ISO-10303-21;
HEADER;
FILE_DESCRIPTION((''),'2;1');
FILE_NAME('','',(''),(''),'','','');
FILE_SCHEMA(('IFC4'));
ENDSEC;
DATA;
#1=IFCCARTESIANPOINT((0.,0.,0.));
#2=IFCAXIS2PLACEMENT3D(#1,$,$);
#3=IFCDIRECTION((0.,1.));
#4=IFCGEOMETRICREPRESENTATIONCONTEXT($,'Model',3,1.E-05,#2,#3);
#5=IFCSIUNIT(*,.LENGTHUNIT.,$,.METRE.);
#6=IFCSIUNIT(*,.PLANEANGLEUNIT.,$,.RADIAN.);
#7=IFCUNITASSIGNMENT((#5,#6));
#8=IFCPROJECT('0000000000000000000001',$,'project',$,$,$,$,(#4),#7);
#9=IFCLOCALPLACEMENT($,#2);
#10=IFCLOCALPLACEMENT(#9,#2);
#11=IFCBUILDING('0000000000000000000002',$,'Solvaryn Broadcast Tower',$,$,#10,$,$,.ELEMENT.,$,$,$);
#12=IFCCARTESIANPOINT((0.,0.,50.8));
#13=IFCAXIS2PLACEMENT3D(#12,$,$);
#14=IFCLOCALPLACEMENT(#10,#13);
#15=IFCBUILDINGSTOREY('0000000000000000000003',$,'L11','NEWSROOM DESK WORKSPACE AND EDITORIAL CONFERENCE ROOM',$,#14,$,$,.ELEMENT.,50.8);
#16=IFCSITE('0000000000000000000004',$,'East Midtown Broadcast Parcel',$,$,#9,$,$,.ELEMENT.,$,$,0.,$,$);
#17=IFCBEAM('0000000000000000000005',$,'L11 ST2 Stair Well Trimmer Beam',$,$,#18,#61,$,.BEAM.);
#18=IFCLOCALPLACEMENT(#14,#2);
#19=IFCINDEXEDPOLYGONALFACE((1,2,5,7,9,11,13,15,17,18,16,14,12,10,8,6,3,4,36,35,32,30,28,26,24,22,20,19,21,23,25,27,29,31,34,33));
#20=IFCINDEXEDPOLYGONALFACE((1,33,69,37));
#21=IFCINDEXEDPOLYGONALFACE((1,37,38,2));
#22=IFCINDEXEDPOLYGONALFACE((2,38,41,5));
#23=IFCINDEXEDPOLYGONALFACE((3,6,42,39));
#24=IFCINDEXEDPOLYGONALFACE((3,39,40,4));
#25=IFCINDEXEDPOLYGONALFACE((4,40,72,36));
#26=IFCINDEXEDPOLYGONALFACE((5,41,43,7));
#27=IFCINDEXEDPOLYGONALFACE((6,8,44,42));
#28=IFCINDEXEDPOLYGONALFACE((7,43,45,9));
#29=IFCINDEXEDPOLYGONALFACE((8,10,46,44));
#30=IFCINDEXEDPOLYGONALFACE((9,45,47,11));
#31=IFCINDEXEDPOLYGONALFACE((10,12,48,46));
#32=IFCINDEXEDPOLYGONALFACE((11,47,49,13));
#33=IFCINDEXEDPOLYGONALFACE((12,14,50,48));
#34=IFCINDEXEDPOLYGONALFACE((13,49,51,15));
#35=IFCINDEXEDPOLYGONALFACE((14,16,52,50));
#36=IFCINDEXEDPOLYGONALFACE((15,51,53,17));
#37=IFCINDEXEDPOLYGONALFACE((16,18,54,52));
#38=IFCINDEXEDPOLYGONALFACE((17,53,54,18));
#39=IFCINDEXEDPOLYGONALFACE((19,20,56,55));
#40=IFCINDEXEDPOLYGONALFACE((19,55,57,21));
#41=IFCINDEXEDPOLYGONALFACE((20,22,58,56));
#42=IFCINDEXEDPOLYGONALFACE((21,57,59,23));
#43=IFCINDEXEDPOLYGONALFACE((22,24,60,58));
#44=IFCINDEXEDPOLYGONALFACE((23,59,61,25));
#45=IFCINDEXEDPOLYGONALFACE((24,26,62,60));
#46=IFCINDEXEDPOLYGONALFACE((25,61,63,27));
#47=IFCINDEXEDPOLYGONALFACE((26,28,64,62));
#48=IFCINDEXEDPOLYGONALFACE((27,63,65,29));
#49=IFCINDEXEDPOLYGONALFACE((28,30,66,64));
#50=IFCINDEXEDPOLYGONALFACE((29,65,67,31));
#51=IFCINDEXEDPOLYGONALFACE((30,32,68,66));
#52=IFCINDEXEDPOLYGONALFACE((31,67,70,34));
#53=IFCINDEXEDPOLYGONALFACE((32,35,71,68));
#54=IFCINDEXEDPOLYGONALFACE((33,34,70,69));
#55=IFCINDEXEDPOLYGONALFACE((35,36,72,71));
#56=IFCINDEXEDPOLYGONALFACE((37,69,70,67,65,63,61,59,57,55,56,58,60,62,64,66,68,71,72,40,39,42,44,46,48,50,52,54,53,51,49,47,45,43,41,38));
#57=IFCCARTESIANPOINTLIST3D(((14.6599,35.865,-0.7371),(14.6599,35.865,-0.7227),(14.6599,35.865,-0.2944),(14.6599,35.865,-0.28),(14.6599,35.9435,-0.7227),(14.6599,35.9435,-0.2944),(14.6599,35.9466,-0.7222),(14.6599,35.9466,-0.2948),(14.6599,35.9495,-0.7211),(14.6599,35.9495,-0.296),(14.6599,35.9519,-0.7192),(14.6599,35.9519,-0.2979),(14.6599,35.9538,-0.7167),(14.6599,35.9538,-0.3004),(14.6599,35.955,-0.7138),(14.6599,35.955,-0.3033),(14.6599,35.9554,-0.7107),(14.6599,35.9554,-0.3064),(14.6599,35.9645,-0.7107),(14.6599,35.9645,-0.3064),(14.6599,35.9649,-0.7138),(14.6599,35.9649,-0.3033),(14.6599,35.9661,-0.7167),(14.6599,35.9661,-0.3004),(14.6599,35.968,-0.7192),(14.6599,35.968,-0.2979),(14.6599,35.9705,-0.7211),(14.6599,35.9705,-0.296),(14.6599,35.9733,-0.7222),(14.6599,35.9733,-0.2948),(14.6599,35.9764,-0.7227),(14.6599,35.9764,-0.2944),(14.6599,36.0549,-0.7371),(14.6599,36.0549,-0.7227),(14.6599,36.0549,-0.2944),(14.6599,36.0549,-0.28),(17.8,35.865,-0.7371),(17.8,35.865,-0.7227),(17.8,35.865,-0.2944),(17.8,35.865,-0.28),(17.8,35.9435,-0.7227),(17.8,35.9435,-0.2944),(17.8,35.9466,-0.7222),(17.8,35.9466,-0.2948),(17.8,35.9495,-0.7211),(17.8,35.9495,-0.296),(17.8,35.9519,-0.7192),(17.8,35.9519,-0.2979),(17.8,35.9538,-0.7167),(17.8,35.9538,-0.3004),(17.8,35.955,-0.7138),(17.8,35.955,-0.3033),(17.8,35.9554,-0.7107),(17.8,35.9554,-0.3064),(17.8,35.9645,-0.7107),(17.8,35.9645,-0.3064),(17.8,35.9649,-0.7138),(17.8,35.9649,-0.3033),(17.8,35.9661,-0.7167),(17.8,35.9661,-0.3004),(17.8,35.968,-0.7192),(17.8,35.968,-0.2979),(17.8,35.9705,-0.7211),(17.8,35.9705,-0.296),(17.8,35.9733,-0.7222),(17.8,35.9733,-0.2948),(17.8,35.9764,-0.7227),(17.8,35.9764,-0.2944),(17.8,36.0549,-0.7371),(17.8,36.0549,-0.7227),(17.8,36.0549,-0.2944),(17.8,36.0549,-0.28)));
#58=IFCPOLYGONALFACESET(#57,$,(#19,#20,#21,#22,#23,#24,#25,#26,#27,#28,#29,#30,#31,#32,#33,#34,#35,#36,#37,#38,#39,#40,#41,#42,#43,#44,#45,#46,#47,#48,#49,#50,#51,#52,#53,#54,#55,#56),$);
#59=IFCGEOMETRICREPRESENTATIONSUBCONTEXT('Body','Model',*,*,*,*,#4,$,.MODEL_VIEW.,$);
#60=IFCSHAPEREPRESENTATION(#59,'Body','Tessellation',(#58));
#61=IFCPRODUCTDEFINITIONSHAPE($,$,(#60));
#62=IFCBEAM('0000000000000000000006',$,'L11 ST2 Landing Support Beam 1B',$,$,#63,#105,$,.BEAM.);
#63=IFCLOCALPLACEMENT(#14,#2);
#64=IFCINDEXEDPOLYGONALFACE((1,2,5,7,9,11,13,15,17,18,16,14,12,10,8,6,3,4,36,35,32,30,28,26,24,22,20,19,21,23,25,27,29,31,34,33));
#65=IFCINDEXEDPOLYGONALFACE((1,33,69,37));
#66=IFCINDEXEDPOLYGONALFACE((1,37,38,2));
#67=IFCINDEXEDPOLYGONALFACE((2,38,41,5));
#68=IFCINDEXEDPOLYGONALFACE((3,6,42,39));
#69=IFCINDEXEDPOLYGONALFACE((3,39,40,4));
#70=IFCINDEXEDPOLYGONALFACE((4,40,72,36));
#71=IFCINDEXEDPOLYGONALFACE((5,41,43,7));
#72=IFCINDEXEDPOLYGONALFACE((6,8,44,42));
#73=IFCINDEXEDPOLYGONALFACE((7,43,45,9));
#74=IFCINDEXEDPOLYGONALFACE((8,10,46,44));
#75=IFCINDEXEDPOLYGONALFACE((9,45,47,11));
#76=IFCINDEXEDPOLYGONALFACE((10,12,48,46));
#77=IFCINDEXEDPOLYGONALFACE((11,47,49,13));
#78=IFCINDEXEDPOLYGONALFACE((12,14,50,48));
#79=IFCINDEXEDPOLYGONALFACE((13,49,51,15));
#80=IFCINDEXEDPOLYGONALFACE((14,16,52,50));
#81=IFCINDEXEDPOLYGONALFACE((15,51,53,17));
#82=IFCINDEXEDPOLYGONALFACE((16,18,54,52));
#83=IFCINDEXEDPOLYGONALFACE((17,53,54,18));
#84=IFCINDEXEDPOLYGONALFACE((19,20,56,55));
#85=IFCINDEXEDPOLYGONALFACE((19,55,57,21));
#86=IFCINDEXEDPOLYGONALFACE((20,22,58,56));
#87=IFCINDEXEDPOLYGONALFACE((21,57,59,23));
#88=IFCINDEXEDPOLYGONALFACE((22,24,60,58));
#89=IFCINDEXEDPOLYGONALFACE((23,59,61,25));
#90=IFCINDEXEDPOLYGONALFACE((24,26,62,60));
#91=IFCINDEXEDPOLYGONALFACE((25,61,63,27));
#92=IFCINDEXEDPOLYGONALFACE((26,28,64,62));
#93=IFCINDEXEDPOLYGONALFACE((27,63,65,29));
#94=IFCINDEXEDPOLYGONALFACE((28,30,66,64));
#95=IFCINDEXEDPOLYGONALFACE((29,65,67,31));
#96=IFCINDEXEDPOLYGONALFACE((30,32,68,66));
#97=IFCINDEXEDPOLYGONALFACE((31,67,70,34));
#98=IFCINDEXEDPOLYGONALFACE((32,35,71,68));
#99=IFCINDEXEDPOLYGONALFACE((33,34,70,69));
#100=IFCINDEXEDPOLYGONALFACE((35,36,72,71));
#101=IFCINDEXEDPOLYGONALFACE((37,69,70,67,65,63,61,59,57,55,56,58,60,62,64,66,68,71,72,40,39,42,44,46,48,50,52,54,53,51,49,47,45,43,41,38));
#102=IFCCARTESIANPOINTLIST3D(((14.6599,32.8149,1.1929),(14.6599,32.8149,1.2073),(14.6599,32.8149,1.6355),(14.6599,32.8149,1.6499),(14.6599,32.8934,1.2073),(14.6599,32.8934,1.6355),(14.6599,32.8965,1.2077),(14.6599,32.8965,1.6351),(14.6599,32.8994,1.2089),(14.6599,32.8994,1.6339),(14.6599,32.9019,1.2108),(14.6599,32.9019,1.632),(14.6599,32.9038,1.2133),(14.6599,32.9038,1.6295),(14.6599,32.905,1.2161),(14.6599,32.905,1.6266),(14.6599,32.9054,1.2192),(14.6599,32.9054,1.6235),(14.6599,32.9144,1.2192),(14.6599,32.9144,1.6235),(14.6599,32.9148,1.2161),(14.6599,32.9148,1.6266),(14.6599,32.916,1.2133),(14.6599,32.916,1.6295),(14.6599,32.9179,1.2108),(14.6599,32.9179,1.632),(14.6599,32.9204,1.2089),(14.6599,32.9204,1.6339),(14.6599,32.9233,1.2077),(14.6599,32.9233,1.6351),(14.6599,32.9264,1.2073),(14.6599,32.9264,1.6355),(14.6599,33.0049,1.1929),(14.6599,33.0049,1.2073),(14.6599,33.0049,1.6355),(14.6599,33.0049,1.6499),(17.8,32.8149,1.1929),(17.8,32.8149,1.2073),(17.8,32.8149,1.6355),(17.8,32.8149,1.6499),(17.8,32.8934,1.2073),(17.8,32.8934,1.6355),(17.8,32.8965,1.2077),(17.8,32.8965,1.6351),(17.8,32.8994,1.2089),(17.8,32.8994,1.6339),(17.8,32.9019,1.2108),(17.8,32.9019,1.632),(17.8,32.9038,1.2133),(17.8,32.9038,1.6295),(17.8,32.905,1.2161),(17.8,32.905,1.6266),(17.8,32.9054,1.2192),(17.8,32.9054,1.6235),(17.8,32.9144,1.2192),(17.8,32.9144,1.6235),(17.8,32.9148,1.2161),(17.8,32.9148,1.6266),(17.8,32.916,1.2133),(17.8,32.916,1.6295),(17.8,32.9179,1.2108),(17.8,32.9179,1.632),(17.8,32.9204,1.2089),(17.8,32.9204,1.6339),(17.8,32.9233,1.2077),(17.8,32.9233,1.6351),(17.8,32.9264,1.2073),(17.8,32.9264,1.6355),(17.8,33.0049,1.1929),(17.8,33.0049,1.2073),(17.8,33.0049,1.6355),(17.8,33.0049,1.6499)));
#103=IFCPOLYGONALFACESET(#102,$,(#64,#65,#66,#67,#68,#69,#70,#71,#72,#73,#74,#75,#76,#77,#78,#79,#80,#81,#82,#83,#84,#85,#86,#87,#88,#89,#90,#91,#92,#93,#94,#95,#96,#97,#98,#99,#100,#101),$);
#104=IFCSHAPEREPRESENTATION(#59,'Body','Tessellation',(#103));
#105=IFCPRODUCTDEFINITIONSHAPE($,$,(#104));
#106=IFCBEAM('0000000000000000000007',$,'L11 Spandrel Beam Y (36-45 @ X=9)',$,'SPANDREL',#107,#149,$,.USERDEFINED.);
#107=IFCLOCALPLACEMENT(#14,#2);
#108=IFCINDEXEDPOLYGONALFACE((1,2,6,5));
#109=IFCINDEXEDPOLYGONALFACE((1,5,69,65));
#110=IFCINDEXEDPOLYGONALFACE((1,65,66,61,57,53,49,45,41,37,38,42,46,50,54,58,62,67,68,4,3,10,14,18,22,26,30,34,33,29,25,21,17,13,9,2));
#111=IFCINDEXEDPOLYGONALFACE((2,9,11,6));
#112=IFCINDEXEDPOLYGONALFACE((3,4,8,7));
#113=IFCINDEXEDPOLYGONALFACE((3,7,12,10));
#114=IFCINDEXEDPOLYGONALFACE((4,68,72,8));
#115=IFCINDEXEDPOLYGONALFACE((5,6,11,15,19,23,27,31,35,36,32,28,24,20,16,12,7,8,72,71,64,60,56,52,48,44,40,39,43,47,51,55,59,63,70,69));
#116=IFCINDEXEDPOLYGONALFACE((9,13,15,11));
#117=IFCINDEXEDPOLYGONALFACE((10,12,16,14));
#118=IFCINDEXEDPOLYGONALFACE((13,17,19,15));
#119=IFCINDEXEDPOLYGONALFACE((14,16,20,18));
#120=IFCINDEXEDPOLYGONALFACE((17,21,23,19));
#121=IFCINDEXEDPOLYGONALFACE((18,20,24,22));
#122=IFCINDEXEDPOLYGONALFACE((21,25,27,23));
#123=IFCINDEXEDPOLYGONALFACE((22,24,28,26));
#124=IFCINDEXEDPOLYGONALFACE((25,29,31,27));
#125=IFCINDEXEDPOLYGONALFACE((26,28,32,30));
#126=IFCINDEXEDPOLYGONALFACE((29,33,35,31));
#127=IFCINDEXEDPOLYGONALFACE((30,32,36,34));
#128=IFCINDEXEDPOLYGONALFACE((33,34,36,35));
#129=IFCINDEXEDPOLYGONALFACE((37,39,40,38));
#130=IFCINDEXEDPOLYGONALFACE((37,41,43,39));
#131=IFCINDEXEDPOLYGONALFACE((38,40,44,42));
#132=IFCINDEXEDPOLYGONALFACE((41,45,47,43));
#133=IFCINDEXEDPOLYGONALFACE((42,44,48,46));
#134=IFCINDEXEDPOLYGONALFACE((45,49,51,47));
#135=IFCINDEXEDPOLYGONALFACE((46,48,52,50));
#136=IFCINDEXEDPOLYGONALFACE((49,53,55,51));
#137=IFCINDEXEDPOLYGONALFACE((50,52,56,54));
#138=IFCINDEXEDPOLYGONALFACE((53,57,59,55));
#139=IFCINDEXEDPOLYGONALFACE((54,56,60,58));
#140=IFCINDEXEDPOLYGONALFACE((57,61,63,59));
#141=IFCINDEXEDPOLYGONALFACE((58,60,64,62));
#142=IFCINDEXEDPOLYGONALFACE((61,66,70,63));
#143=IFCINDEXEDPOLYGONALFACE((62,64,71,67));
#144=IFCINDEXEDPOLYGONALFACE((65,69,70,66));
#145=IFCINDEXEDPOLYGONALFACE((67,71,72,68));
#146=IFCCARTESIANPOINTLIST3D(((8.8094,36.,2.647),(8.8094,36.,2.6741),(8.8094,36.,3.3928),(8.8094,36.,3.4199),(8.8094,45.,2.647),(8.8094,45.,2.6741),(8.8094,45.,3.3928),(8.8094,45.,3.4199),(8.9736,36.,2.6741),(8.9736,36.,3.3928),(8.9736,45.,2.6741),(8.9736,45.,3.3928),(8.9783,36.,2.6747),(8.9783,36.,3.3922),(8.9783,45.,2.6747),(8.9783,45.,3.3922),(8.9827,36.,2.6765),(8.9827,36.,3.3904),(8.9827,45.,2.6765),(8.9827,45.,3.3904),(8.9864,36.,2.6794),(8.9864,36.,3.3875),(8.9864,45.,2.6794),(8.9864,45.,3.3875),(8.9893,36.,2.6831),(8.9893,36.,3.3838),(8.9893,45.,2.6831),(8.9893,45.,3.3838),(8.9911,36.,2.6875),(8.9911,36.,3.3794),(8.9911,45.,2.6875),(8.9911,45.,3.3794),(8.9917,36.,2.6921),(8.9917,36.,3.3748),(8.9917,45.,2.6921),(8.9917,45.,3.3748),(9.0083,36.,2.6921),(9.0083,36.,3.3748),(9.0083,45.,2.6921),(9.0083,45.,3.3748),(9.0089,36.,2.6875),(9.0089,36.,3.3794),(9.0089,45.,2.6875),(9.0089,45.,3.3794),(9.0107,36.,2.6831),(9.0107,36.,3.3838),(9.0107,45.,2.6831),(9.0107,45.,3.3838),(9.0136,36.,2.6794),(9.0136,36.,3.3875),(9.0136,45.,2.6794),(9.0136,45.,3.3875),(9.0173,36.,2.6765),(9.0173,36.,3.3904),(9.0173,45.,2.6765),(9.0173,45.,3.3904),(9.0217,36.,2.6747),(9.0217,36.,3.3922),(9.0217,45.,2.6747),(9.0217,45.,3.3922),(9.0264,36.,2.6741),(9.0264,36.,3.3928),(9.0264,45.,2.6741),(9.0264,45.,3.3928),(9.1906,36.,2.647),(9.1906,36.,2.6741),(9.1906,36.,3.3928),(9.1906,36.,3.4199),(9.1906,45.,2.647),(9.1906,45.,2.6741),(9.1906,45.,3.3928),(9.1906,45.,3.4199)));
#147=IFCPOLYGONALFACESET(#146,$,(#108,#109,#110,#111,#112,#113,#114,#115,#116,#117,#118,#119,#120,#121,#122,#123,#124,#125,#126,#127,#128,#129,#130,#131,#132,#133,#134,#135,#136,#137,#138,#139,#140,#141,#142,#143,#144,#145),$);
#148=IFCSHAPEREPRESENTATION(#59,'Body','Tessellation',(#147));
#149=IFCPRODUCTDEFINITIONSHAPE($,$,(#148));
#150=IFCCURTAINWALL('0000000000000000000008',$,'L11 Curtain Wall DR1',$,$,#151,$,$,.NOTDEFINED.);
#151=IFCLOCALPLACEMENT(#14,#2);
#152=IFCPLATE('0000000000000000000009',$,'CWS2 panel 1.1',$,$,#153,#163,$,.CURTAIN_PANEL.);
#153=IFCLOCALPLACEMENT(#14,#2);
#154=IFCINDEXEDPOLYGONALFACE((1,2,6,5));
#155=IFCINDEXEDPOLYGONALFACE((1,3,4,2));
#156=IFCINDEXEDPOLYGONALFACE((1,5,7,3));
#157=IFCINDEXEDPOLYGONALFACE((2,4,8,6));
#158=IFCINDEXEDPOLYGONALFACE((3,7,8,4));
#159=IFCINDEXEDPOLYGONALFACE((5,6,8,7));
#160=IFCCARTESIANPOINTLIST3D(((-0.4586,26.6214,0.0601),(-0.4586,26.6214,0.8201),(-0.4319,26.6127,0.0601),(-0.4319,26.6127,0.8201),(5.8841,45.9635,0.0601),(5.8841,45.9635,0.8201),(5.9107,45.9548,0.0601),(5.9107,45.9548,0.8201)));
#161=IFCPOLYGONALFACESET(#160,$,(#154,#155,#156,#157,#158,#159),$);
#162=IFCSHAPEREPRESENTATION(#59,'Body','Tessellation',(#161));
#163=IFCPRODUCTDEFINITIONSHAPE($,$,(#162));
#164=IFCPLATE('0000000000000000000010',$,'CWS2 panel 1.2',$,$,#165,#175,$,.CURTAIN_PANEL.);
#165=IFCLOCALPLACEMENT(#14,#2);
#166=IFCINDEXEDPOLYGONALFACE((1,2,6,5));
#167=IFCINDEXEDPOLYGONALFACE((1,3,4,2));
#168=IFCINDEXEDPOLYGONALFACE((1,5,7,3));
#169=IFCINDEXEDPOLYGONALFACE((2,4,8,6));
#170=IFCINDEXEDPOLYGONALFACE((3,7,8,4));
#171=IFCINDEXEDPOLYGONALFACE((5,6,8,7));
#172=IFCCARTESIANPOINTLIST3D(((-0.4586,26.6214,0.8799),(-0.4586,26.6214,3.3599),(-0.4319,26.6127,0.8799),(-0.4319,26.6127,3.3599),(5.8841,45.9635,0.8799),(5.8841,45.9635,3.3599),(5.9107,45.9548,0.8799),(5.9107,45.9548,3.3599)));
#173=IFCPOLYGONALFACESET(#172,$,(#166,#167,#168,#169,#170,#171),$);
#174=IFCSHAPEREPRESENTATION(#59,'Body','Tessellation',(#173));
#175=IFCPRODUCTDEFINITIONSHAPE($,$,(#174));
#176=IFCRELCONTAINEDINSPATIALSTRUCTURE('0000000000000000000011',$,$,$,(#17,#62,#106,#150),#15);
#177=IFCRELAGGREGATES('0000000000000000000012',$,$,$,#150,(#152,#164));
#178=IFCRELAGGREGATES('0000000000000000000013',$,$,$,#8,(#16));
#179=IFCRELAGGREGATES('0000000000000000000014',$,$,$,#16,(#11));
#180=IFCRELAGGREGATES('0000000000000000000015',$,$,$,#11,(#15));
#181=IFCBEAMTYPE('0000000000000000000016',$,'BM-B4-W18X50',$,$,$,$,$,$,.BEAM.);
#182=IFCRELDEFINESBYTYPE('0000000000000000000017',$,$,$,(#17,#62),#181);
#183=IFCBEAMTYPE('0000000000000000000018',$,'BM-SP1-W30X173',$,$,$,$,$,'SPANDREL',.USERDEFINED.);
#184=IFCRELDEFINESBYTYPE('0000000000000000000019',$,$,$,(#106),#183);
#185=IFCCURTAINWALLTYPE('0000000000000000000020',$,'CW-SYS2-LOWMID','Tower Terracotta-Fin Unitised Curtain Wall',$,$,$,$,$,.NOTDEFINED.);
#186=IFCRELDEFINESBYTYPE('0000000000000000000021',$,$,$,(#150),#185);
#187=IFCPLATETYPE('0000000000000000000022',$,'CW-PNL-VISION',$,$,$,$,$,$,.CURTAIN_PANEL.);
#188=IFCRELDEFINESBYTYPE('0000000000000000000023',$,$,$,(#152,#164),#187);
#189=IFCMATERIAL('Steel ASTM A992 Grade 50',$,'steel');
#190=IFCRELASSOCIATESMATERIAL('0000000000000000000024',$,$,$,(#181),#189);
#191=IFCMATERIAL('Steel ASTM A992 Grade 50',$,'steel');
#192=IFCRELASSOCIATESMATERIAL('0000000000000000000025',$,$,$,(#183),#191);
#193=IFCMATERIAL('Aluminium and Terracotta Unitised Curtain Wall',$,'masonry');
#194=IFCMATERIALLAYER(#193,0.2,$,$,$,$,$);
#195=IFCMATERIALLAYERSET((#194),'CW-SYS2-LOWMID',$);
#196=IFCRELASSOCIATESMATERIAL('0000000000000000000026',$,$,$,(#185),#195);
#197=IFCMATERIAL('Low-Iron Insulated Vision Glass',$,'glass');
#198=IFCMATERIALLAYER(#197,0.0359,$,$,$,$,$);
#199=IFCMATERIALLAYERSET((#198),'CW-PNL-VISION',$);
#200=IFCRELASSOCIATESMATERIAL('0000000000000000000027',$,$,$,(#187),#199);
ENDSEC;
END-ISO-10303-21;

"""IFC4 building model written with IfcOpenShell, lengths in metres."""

from ifc_helpers import new_model, si_unit, direction, frame, origin, origin_2d, place, context, subcontext, project, spatial, rectangle, i_section, extrude, material, layer, layer_set, material_profile, profile_set, type_object, element, aggregate, save


model = new_model("IFC4")

# Units and contexts
model_context = context("Model", 3, precision=1e-05, world=origin(), true_north=direction((0.0, 1.0)))
body_context = subcontext(model_context, "Body", "Model", "MODEL_VIEW")
ifc_project = project(units=[si_unit("LENGTHUNIT", "METRE"), si_unit("PLANEANGLEUNIT", "RADIAN")], contexts=[model_context])

# Site, building, storey
site_placement = place(None, origin())
site = spatial("IfcSite", under=ifc_project, at=site_placement, Name="East Midtown Broadcast Parcel", CompositionType="ELEMENT", RefElevation=0.0)
building_placement = place(site_placement, origin())
building = spatial("IfcBuilding", under=site, at=building_placement, Name="Solvaryn Broadcast Tower", CompositionType="ELEMENT")
storey_placement = place(building_placement, frame((0.0, 0.0, 50.8)))
storey = spatial("IfcBuildingStorey", under=building, at=storey_placement, Name="L11", Description="NEWSROOM DESK WORKSPACE AND EDITORIAL CONFERENCE ROOM", CompositionType="ELEMENT", Elevation=50.8)

# Beams
ifc_material_1 = material(Name="Steel ASTM A992 Grade 50", Category="steel")
ifc_material_profile_1 = material_profile(ifc_material_1, i_section(OverallWidth=0.1899, OverallDepth=0.457, WebThickness=0.009, FlangeThickness=0.0144, FilletRadius=0.012, at=origin_2d()))
ifc_profile_set_1 = profile_set([ifc_material_profile_1], Name="Steel ASTM A992 Grade 50")
beam_type_1 = type_object("IfcBeamType", Name="BM-B4-W18X50", PredefinedType="BEAM", material=ifc_profile_set_1)
for number, where, z_axis, x_axis, name in (
    (1, (14.6599, 35.96, -0.5085), (1.0, 0.0, 0.0), (0.0, 1.0, 0.0), "L11 ST2 Stair Well Trimmer Beam"),
    (2, (14.6599, 32.9099, 1.4214), (1.0, 0.0, 0.0), (0.0, 1.0, 0.0), "L11 ST2 Landing Support Beam 1B"),
):
    element("IfcBeam", number, at=place(storey_placement, frame(where, z_axis=z_axis, x_axis=x_axis)), inside=storey, type_object=beam_type_1, Name=name, PredefinedType="BEAM", context=body_context, shape_type="SweptSolid", body=[
        extrude(i_section(OverallWidth=0.1899, OverallDepth=0.457, WebThickness=0.009, FlangeThickness=0.0144, FilletRadius=0.012, at=origin_2d()), origin(), (0.0, 0.0, 1.0), 3.1401),
    ])
ifc_material_2 = material(Name="Steel ASTM A992 Grade 50", Category="steel")
ifc_material_profile_2 = material_profile(ifc_material_2, i_section(OverallWidth=0.3811, OverallDepth=0.7729, WebThickness=0.0166, FlangeThickness=0.0271, FilletRadius=0.0181, at=origin_2d()))
ifc_profile_set_2 = profile_set([ifc_material_profile_2], Name="Steel ASTM A992 Grade 50")
beam_type_2 = type_object("IfcBeamType", Name="BM-SP1-W30X173", ElementType="SPANDREL", PredefinedType="USERDEFINED", material=ifc_profile_set_2)
beam_1_placement = place(storey_placement, frame((9.0, 36.0, 3.0334), z_axis=(0.0, 1.0, 0.0), x_axis=(-1.0, 0.0, 0.0)))
element("IfcBeam", 3, at=beam_1_placement, inside=storey, type_object=beam_type_2, Name="L11 Spandrel Beam Y (36-45 @ X=9)", ObjectType="SPANDREL", PredefinedType="USERDEFINED", context=body_context, shape_type="SweptSolid", body=[
    extrude(i_section(OverallWidth=0.3811, OverallDepth=0.7729, WebThickness=0.0166, FlangeThickness=0.0271, FilletRadius=0.0181, at=origin_2d()), origin(), (0.0, 0.0, 1.0), 9.0),
])

# Curtain wall, plates
ifc_material_3 = material(Name="Aluminium and Terracotta Unitised Curtain Wall", Category="masonry")
ifc_layer_1 = layer(ifc_material_3, 0.2)
ifc_layer_set_1 = layer_set([ifc_layer_1], Name="CW-SYS2-LOWMID")
curtain_wall_type = type_object("IfcCurtainWallType", Name="CW-SYS2-LOWMID", Description="Tower Terracotta-Fin Unitised Curtain Wall", PredefinedType="NOTDEFINED", material=ifc_layer_set_1)
curtain_wall_placement = place(storey_placement, origin())
curtain_wall = element("IfcCurtainWall", 4, at=curtain_wall_placement, inside=storey, type_object=curtain_wall_type, Name="L11 Curtain Wall DR1", PredefinedType="NOTDEFINED")
ifc_material_4 = material(Name="Low-Iron Insulated Vision Glass", Category="glass")
ifc_layer_2 = layer(ifc_material_4, 0.0359)
ifc_layer_set_2 = layer_set([ifc_layer_2], Name="CW-PNL-VISION")
plate_type = type_object("IfcPlateType", Name="CW-PNL-VISION", PredefinedType="CURTAIN_PANEL", material=ifc_layer_set_2)
plate_1_placement = place(storey_placement, frame((2.7261, 36.2881, 0.0601), z_axis=(0.0, 0.0, 1.0), x_axis=(-0.311594, -0.950215, 0.0)))
plate_1 = element("IfcPlate", 5, at=plate_1_placement, type_object=plate_type, Name="CWS2 panel 1.1", PredefinedType="CURTAIN_PANEL", context=body_context, shape_type="SweptSolid", body=[
    extrude(rectangle(XDim=20.3555, YDim=0.0281, at=origin_2d()), origin(), (0.0, 0.0, 1.0), 0.76),
])
plate_2_placement = place(storey_placement, frame((2.7261, 36.2881, 0.8799), z_axis=(0.0, 0.0, 1.0), x_axis=(-0.311594, -0.950215, 0.0)))
plate_2 = element("IfcPlate", 6, at=plate_2_placement, type_object=plate_type, Name="CWS2 panel 1.2", PredefinedType="CURTAIN_PANEL", context=body_context, shape_type="SweptSolid", body=[
    extrude(rectangle(XDim=20.3555, YDim=0.0281, at=origin_2d()), origin(), (0.0, 0.0, 1.0), 2.48),
])
aggregate(curtain_wall, [plate_1, plate_2])

save(model, "model.ifc")
